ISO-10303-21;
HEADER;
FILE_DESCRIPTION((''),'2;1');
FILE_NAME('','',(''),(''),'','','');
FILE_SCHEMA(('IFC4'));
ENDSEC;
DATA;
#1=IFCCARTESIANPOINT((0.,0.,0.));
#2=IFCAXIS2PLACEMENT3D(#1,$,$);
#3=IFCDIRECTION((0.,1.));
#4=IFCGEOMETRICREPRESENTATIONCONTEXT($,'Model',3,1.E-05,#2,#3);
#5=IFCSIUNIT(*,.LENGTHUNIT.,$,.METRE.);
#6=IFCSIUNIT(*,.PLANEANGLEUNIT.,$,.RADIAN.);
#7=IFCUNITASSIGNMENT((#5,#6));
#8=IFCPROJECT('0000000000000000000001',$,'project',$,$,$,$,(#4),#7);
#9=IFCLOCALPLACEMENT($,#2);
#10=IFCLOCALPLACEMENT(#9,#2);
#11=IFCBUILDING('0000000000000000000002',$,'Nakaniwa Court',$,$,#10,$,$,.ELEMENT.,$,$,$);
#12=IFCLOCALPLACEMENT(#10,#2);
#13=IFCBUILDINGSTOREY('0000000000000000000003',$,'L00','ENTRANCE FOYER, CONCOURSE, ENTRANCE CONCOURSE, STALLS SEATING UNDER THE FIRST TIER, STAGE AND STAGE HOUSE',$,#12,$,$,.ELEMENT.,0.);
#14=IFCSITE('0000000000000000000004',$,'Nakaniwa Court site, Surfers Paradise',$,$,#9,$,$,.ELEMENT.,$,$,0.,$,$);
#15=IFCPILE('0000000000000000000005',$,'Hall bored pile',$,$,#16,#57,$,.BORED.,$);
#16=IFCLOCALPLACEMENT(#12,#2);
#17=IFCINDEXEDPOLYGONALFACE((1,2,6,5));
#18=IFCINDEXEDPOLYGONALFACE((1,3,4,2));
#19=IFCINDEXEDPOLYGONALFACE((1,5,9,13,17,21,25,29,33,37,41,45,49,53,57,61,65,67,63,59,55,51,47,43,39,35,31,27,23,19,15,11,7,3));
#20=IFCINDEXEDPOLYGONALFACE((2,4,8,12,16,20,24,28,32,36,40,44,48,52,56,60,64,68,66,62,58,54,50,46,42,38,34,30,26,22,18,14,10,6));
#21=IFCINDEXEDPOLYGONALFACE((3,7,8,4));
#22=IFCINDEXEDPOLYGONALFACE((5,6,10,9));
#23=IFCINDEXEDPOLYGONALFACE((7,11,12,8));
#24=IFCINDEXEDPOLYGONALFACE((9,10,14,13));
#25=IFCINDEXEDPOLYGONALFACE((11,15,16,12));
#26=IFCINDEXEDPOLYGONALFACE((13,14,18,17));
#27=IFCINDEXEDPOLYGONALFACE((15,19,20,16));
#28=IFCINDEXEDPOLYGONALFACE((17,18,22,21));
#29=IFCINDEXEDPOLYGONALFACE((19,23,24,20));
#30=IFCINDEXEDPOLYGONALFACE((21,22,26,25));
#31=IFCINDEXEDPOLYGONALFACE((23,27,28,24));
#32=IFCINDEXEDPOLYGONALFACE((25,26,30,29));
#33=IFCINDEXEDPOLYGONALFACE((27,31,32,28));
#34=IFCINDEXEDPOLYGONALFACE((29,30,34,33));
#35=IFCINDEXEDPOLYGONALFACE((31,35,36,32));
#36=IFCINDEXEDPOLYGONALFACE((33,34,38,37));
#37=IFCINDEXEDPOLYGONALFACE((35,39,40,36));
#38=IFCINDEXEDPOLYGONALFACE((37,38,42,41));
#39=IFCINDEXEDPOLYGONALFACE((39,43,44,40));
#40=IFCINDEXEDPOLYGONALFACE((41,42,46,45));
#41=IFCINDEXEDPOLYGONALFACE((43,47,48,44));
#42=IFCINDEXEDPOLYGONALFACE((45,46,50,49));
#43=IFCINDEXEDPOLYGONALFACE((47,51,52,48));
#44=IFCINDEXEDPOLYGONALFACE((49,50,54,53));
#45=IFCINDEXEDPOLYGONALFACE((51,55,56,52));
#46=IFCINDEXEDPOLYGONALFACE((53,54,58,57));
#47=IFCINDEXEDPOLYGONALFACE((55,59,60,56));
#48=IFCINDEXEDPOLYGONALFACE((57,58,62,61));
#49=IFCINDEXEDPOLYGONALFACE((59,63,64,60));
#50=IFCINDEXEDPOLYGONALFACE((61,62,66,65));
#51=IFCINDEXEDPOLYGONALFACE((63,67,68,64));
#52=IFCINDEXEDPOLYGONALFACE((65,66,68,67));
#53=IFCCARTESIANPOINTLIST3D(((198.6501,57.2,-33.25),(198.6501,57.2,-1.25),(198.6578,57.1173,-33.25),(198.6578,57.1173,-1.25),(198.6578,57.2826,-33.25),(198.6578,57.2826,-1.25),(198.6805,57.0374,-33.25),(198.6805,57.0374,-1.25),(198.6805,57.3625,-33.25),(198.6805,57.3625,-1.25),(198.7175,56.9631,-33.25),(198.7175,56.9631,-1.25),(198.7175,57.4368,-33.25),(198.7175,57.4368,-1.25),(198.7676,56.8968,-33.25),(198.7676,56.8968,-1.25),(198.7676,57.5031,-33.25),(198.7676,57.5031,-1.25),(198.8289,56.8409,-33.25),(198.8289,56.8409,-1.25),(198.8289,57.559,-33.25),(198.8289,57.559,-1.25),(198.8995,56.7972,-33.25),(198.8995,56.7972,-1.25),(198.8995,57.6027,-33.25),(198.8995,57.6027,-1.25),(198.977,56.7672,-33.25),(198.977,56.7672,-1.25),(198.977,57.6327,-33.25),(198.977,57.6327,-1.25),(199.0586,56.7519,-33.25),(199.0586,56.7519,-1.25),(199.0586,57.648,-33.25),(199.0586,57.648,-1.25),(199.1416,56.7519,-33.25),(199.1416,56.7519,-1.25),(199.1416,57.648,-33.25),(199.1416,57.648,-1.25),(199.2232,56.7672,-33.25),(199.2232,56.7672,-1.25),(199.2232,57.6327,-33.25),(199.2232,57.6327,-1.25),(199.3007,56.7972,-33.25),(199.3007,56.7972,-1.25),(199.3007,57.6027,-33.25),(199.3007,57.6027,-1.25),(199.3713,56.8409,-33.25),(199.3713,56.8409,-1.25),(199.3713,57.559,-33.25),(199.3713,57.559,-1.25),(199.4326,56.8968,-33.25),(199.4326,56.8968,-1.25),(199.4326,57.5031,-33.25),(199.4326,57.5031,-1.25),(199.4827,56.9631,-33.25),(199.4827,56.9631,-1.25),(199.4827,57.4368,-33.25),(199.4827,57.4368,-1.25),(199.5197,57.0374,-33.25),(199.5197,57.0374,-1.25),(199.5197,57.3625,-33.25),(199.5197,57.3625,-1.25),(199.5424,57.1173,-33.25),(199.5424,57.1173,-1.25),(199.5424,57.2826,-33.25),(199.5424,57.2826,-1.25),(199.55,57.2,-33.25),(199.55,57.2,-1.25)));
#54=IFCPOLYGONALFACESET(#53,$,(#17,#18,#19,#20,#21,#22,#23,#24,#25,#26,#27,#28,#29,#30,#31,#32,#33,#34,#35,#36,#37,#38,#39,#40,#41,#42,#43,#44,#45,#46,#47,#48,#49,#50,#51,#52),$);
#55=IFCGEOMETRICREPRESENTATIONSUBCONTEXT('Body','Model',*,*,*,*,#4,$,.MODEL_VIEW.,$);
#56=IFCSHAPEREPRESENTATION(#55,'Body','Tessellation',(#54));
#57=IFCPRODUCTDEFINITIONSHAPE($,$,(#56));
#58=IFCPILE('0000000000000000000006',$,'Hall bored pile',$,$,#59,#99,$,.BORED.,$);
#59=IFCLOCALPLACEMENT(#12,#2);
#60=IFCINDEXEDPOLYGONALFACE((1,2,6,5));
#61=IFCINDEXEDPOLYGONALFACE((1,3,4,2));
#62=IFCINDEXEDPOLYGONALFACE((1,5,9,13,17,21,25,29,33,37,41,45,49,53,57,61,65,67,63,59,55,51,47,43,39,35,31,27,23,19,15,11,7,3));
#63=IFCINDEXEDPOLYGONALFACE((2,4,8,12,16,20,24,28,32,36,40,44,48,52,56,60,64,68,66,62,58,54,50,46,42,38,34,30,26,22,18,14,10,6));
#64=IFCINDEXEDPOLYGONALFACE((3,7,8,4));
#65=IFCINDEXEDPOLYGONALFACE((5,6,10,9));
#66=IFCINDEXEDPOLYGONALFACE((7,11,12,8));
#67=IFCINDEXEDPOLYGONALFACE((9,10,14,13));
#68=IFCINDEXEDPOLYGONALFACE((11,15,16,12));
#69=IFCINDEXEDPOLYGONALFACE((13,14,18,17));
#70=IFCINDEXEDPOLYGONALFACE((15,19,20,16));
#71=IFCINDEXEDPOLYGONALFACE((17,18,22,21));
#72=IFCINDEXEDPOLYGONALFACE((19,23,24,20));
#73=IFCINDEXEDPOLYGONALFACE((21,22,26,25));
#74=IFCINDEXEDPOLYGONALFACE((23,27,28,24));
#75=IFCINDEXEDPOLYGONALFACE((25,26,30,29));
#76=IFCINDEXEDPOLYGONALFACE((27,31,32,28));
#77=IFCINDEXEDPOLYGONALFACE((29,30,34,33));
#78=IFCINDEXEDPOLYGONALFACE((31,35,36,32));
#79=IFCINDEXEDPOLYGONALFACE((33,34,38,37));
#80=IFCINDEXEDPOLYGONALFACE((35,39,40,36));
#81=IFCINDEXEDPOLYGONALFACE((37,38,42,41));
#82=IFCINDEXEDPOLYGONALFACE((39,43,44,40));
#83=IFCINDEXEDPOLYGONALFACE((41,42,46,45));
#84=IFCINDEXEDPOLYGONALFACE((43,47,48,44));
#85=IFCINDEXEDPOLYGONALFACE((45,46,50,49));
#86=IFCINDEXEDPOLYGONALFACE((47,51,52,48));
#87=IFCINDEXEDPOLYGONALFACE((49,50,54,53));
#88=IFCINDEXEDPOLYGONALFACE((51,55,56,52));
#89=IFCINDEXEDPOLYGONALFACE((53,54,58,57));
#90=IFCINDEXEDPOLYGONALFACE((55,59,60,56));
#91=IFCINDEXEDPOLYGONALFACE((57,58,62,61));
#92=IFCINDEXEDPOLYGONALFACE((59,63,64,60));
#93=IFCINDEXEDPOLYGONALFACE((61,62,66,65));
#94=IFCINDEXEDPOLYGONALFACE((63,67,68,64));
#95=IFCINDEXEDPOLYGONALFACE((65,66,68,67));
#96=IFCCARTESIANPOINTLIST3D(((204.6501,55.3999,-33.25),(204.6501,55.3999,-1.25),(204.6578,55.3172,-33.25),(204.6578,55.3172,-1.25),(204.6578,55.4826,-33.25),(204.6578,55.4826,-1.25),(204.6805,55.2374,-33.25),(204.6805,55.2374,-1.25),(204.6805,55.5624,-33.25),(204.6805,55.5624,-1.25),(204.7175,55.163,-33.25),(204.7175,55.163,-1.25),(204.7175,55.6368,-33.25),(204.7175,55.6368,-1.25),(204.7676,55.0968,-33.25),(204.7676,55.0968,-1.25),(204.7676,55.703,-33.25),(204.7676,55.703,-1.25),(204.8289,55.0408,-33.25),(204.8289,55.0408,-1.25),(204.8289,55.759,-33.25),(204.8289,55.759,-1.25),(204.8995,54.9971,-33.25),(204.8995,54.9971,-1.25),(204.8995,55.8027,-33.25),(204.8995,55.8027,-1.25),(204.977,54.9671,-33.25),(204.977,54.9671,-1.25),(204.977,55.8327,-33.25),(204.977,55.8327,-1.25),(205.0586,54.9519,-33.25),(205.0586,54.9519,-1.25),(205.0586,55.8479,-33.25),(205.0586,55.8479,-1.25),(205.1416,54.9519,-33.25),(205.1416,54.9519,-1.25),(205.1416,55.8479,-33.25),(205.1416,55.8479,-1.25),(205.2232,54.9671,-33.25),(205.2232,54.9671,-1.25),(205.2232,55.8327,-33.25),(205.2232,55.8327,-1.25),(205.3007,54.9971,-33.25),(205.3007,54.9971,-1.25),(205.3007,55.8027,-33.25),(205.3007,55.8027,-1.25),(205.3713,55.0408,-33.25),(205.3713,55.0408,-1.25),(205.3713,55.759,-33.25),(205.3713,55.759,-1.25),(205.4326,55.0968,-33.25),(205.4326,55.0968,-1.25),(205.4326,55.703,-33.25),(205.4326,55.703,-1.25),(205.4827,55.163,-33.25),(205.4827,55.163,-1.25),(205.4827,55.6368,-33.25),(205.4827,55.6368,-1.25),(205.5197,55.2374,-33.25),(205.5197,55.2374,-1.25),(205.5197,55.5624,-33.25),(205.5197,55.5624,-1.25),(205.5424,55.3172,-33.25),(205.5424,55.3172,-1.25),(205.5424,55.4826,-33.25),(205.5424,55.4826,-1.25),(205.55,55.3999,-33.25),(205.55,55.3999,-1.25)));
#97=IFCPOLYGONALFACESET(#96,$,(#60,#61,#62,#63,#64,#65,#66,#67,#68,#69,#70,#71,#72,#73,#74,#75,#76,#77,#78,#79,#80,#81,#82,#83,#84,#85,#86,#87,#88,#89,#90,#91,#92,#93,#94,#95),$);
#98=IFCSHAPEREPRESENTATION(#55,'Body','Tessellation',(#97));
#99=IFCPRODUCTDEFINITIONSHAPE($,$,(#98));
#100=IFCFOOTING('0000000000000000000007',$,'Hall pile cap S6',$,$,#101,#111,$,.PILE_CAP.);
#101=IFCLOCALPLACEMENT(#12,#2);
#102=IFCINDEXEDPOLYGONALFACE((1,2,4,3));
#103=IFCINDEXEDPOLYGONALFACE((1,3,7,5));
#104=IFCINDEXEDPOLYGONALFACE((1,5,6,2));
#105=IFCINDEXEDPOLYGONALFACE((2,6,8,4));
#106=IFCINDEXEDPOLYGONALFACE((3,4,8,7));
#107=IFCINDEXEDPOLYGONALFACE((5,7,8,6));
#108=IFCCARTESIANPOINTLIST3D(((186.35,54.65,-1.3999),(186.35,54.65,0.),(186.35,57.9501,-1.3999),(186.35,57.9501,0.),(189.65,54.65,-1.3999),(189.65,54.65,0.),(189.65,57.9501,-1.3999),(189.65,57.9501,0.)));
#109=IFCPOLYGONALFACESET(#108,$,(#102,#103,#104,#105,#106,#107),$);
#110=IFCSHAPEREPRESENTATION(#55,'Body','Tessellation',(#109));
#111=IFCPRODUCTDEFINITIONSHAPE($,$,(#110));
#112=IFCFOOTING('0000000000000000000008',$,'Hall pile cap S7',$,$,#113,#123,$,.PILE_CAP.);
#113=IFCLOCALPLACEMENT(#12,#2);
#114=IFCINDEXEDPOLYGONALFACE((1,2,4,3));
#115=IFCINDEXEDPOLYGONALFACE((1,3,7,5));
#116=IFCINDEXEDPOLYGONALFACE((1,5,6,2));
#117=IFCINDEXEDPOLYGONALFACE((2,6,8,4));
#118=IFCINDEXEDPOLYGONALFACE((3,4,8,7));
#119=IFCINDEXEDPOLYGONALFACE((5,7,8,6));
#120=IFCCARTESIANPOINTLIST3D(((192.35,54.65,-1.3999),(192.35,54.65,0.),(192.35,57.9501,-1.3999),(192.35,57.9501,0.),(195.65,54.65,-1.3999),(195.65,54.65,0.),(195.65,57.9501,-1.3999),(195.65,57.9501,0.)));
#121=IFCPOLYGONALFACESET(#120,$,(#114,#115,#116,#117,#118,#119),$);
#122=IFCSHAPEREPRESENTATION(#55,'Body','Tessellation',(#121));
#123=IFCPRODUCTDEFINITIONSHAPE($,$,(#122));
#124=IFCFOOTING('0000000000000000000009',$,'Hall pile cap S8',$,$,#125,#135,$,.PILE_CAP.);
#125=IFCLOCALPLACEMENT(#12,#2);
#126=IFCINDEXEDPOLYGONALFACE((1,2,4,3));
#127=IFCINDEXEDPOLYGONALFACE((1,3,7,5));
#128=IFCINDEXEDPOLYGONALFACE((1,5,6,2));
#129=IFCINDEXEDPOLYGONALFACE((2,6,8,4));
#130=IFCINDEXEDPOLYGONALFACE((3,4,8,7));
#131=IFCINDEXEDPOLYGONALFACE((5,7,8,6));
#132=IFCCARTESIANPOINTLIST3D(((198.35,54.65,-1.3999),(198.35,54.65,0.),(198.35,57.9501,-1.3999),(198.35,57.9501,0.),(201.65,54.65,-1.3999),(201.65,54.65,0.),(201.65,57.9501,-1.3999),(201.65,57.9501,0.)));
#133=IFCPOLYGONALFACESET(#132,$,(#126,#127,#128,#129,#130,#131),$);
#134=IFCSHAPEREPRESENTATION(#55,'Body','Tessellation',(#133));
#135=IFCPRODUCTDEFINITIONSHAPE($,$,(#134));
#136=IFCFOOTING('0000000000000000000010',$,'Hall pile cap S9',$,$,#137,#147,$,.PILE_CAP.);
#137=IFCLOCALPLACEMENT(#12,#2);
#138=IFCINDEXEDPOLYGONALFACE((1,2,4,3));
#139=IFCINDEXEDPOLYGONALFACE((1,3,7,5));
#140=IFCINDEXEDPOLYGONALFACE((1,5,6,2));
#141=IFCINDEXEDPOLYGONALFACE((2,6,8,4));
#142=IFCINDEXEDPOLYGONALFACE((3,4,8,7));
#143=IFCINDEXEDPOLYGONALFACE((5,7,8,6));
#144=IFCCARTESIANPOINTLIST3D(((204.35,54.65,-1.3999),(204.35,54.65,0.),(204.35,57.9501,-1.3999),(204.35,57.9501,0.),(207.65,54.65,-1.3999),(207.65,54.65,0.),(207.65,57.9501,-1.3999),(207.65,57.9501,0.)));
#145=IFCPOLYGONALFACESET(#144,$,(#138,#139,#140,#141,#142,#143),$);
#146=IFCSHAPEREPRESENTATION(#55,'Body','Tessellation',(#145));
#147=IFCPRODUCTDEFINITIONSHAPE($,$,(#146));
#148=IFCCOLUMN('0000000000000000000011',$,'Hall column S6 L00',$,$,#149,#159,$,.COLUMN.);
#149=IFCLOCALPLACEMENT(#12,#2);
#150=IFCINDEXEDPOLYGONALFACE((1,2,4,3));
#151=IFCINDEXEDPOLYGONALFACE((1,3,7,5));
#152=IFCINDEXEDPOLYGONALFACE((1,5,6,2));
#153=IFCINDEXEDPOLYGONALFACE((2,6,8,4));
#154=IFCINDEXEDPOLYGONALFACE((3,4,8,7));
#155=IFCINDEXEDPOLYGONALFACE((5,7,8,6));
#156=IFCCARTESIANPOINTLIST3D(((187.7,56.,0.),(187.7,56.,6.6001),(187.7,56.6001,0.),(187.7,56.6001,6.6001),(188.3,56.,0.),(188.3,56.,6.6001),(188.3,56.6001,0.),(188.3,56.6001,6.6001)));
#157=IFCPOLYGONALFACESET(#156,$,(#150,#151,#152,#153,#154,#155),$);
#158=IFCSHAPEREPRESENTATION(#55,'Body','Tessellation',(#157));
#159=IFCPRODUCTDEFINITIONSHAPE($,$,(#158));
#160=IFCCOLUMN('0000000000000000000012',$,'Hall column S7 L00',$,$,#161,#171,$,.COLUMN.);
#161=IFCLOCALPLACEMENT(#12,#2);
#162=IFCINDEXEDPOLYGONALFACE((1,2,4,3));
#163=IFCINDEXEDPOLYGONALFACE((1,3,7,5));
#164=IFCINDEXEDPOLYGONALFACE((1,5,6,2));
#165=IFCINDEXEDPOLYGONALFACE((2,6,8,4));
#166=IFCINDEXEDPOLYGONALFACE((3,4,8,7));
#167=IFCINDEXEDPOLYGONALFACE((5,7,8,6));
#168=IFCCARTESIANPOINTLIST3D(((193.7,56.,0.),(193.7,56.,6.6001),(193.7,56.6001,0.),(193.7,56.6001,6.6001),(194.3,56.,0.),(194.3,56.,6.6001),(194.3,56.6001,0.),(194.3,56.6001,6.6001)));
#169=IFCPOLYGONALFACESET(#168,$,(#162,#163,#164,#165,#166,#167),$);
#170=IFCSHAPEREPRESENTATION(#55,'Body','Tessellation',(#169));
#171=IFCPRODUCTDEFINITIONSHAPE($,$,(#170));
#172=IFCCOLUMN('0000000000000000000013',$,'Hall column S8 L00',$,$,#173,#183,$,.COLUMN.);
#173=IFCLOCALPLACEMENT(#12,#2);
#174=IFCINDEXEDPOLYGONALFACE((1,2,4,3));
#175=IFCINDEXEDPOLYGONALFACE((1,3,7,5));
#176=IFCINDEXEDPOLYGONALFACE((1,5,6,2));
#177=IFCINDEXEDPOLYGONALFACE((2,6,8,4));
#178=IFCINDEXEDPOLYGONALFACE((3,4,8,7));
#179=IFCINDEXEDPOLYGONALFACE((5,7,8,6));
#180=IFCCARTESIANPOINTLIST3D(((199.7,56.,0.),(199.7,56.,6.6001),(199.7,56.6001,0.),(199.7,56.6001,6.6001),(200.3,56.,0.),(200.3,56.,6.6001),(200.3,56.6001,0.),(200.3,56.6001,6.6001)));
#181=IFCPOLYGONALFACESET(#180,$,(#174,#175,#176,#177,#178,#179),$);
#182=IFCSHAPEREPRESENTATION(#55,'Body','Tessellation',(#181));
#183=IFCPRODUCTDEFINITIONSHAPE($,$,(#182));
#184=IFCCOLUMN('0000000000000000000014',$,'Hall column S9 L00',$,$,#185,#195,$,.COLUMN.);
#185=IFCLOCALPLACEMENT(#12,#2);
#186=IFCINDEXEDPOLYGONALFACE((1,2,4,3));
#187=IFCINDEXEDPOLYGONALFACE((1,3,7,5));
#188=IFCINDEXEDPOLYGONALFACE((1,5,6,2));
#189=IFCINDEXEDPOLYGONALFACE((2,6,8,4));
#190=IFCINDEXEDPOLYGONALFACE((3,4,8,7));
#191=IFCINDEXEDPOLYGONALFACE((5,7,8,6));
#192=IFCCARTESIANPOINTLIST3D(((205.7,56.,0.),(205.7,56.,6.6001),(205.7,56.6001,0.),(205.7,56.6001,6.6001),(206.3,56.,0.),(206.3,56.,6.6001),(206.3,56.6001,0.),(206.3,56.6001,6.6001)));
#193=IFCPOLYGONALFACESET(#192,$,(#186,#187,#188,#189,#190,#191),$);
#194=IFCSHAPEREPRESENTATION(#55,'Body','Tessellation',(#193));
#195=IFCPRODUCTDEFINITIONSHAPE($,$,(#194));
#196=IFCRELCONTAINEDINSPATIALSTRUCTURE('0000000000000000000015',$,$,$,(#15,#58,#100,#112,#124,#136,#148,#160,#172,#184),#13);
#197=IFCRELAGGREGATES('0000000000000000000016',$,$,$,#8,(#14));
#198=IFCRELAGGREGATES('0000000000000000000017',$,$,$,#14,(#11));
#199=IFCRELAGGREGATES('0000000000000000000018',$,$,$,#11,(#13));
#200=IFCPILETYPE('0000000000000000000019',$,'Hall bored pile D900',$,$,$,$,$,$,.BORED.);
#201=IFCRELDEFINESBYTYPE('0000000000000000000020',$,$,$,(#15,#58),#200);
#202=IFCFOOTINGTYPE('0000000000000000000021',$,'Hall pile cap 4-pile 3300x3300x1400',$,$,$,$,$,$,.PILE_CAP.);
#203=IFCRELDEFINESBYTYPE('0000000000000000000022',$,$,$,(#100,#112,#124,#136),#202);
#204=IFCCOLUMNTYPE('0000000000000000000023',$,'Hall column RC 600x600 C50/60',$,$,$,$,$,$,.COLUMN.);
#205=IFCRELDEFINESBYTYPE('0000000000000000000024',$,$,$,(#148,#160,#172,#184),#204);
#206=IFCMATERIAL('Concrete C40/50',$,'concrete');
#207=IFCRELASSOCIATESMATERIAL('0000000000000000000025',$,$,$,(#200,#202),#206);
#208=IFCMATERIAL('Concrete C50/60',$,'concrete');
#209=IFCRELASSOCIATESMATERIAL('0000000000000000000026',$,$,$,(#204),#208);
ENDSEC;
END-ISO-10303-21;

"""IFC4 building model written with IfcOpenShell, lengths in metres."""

from ifc_helpers import new_model, si_unit, direction, frame, origin, origin_2d, place, context, subcontext, project, spatial, rectangle, circle, extrude, material, material_profile, profile_set, type_object, element, save


model = new_model("IFC4")

# Units and contexts
model_context = context("Model", 3, precision=1e-05, world=origin(), true_north=direction((0.0, 1.0)))
body_context = subcontext(model_context, "Body", "Model", "MODEL_VIEW")
ifc_project = project(units=[si_unit("LENGTHUNIT", "METRE"), si_unit("PLANEANGLEUNIT", "RADIAN")], contexts=[model_context])

# Site, building, storey
site_placement = place(None, origin())
site = spatial("IfcSite", under=ifc_project, at=site_placement, Name="Nakaniwa Court site, Surfers Paradise", CompositionType="ELEMENT", RefElevation=0.0)
building_placement = place(site_placement, origin())
building = spatial("IfcBuilding", under=site, at=building_placement, Name="Nakaniwa Court", CompositionType="ELEMENT")
storey_placement = place(building_placement, origin())
storey = spatial("IfcBuildingStorey", under=building, at=storey_placement, Name="L00", Description="ENTRANCE FOYER, CONCOURSE, ENTRANCE CONCOURSE, STALLS SEATING UNDER THE FIRST TIER, STAGE AND STAGE HOUSE", CompositionType="ELEMENT", Elevation=0.0)

# Piles
ifc_material_1 = material(Name="Concrete C40/50", Category="concrete")
ifc_material_profile_1 = material_profile(ifc_material_1, circle(Radius=0.45, at=origin_2d()), Name="Bored pile D900")
ifc_profile_set_1 = profile_set([ifc_material_profile_1], Name="Concrete C40/50")
pile_type = type_object("IfcPileType", Name="Hall bored pile D900", PredefinedType="BORED", material=ifc_profile_set_1)
for number, where, z_axis, x_axis, name in (
    (1, (199.1001, 57.2, -1.25), (0.0, 0.0, -1.0), (1.0, 0.0, 0.0), "Hall bored pile"),
    (2, (205.1001, 55.3999, -1.25), (0.0, 0.0, -1.0), (1.0, 0.0, 0.0), "Hall bored pile"),
):
    element("IfcPile", number, at=place(storey_placement, frame(where, z_axis=z_axis, x_axis=x_axis)), inside=storey, type_object=pile_type, Name=name, PredefinedType="BORED", context=body_context, shape_type="SweptSolid", body=[
        extrude(circle(Radius=0.45, at=origin_2d()), origin(), (0.0, 0.0, 1.0), 32.0),
    ])

# Footings
footing_type = type_object("IfcFootingType", Name="Hall pile cap 4-pile 3300x3300x1400", PredefinedType="PILE_CAP", material=ifc_material_1)
for number, where, z_axis, x_axis, name in (
    (3, (188.0, 56.3, -1.3999), (0.0, 0.0, 1.0), (1.0, 0.0, 0.0), "Hall pile cap S6"),
    (4, (194.0, 56.3, -1.3999), (0.0, 0.0, 1.0), (1.0, 0.0, 0.0), "Hall pile cap S7"),
    (5, (200.0, 56.3, -1.3999), (0.0, 0.0, 1.0), (1.0, 0.0, 0.0), "Hall pile cap S8"),
    (6, (206.0, 56.3, -1.3999), (0.0, 0.0, 1.0), (1.0, 0.0, 0.0), "Hall pile cap S9"),
):
    element("IfcFooting", number, at=place(storey_placement, frame(where, z_axis=z_axis, x_axis=x_axis)), inside=storey, type_object=footing_type, Name=name, PredefinedType="PILE_CAP", context=body_context, shape_type="SweptSolid", body=[
        extrude(rectangle(XDim=3.3, YDim=3.3, at=origin_2d()), origin(), (0.0, 0.0, 1.0), 1.3999),
    ])

# Columns
ifc_material_2 = material(Name="Concrete C50/60", Category="concrete")
ifc_material_profile_2 = material_profile(ifc_material_2, rectangle(XDim=0.6001, YDim=0.6001, at=origin_2d()), Name="RC 600x600")
ifc_profile_set_2 = profile_set([ifc_material_profile_2], Name="Concrete C50/60")
column_type = type_object("IfcColumnType", Name="Hall column RC 600x600 C50/60", PredefinedType="COLUMN", material=ifc_profile_set_2)
for number, where, z_axis, x_axis, name in (
    (7, (188.0, 56.3, 0.0), (0.0, 0.0, 1.0), (1.0, 0.0, 0.0), "Hall column S6 L00"),
    (8, (194.0, 56.3, 0.0), (0.0, 0.0, 1.0), (1.0, 0.0, 0.0), "Hall column S7 L00"),
    (9, (200.0, 56.3, 0.0), (0.0, 0.0, 1.0), (1.0, 0.0, 0.0), "Hall column S8 L00"),
    (10, (206.0, 56.3, 0.0), (0.0, 0.0, 1.0), (1.0, 0.0, 0.0), "Hall column S9 L00"),
):
    element("IfcColumn", number, at=place(storey_placement, frame(where, z_axis=z_axis, x_axis=x_axis)), inside=storey, type_object=column_type, Name=name, PredefinedType="COLUMN", context=body_context, shape_type="SweptSolid", body=[
        extrude(rectangle(XDim=0.6001, YDim=0.6001, at=origin_2d()), origin(), (0.0, 0.0, 1.0), 6.6001),
    ])

save(model, "model.ifc")
